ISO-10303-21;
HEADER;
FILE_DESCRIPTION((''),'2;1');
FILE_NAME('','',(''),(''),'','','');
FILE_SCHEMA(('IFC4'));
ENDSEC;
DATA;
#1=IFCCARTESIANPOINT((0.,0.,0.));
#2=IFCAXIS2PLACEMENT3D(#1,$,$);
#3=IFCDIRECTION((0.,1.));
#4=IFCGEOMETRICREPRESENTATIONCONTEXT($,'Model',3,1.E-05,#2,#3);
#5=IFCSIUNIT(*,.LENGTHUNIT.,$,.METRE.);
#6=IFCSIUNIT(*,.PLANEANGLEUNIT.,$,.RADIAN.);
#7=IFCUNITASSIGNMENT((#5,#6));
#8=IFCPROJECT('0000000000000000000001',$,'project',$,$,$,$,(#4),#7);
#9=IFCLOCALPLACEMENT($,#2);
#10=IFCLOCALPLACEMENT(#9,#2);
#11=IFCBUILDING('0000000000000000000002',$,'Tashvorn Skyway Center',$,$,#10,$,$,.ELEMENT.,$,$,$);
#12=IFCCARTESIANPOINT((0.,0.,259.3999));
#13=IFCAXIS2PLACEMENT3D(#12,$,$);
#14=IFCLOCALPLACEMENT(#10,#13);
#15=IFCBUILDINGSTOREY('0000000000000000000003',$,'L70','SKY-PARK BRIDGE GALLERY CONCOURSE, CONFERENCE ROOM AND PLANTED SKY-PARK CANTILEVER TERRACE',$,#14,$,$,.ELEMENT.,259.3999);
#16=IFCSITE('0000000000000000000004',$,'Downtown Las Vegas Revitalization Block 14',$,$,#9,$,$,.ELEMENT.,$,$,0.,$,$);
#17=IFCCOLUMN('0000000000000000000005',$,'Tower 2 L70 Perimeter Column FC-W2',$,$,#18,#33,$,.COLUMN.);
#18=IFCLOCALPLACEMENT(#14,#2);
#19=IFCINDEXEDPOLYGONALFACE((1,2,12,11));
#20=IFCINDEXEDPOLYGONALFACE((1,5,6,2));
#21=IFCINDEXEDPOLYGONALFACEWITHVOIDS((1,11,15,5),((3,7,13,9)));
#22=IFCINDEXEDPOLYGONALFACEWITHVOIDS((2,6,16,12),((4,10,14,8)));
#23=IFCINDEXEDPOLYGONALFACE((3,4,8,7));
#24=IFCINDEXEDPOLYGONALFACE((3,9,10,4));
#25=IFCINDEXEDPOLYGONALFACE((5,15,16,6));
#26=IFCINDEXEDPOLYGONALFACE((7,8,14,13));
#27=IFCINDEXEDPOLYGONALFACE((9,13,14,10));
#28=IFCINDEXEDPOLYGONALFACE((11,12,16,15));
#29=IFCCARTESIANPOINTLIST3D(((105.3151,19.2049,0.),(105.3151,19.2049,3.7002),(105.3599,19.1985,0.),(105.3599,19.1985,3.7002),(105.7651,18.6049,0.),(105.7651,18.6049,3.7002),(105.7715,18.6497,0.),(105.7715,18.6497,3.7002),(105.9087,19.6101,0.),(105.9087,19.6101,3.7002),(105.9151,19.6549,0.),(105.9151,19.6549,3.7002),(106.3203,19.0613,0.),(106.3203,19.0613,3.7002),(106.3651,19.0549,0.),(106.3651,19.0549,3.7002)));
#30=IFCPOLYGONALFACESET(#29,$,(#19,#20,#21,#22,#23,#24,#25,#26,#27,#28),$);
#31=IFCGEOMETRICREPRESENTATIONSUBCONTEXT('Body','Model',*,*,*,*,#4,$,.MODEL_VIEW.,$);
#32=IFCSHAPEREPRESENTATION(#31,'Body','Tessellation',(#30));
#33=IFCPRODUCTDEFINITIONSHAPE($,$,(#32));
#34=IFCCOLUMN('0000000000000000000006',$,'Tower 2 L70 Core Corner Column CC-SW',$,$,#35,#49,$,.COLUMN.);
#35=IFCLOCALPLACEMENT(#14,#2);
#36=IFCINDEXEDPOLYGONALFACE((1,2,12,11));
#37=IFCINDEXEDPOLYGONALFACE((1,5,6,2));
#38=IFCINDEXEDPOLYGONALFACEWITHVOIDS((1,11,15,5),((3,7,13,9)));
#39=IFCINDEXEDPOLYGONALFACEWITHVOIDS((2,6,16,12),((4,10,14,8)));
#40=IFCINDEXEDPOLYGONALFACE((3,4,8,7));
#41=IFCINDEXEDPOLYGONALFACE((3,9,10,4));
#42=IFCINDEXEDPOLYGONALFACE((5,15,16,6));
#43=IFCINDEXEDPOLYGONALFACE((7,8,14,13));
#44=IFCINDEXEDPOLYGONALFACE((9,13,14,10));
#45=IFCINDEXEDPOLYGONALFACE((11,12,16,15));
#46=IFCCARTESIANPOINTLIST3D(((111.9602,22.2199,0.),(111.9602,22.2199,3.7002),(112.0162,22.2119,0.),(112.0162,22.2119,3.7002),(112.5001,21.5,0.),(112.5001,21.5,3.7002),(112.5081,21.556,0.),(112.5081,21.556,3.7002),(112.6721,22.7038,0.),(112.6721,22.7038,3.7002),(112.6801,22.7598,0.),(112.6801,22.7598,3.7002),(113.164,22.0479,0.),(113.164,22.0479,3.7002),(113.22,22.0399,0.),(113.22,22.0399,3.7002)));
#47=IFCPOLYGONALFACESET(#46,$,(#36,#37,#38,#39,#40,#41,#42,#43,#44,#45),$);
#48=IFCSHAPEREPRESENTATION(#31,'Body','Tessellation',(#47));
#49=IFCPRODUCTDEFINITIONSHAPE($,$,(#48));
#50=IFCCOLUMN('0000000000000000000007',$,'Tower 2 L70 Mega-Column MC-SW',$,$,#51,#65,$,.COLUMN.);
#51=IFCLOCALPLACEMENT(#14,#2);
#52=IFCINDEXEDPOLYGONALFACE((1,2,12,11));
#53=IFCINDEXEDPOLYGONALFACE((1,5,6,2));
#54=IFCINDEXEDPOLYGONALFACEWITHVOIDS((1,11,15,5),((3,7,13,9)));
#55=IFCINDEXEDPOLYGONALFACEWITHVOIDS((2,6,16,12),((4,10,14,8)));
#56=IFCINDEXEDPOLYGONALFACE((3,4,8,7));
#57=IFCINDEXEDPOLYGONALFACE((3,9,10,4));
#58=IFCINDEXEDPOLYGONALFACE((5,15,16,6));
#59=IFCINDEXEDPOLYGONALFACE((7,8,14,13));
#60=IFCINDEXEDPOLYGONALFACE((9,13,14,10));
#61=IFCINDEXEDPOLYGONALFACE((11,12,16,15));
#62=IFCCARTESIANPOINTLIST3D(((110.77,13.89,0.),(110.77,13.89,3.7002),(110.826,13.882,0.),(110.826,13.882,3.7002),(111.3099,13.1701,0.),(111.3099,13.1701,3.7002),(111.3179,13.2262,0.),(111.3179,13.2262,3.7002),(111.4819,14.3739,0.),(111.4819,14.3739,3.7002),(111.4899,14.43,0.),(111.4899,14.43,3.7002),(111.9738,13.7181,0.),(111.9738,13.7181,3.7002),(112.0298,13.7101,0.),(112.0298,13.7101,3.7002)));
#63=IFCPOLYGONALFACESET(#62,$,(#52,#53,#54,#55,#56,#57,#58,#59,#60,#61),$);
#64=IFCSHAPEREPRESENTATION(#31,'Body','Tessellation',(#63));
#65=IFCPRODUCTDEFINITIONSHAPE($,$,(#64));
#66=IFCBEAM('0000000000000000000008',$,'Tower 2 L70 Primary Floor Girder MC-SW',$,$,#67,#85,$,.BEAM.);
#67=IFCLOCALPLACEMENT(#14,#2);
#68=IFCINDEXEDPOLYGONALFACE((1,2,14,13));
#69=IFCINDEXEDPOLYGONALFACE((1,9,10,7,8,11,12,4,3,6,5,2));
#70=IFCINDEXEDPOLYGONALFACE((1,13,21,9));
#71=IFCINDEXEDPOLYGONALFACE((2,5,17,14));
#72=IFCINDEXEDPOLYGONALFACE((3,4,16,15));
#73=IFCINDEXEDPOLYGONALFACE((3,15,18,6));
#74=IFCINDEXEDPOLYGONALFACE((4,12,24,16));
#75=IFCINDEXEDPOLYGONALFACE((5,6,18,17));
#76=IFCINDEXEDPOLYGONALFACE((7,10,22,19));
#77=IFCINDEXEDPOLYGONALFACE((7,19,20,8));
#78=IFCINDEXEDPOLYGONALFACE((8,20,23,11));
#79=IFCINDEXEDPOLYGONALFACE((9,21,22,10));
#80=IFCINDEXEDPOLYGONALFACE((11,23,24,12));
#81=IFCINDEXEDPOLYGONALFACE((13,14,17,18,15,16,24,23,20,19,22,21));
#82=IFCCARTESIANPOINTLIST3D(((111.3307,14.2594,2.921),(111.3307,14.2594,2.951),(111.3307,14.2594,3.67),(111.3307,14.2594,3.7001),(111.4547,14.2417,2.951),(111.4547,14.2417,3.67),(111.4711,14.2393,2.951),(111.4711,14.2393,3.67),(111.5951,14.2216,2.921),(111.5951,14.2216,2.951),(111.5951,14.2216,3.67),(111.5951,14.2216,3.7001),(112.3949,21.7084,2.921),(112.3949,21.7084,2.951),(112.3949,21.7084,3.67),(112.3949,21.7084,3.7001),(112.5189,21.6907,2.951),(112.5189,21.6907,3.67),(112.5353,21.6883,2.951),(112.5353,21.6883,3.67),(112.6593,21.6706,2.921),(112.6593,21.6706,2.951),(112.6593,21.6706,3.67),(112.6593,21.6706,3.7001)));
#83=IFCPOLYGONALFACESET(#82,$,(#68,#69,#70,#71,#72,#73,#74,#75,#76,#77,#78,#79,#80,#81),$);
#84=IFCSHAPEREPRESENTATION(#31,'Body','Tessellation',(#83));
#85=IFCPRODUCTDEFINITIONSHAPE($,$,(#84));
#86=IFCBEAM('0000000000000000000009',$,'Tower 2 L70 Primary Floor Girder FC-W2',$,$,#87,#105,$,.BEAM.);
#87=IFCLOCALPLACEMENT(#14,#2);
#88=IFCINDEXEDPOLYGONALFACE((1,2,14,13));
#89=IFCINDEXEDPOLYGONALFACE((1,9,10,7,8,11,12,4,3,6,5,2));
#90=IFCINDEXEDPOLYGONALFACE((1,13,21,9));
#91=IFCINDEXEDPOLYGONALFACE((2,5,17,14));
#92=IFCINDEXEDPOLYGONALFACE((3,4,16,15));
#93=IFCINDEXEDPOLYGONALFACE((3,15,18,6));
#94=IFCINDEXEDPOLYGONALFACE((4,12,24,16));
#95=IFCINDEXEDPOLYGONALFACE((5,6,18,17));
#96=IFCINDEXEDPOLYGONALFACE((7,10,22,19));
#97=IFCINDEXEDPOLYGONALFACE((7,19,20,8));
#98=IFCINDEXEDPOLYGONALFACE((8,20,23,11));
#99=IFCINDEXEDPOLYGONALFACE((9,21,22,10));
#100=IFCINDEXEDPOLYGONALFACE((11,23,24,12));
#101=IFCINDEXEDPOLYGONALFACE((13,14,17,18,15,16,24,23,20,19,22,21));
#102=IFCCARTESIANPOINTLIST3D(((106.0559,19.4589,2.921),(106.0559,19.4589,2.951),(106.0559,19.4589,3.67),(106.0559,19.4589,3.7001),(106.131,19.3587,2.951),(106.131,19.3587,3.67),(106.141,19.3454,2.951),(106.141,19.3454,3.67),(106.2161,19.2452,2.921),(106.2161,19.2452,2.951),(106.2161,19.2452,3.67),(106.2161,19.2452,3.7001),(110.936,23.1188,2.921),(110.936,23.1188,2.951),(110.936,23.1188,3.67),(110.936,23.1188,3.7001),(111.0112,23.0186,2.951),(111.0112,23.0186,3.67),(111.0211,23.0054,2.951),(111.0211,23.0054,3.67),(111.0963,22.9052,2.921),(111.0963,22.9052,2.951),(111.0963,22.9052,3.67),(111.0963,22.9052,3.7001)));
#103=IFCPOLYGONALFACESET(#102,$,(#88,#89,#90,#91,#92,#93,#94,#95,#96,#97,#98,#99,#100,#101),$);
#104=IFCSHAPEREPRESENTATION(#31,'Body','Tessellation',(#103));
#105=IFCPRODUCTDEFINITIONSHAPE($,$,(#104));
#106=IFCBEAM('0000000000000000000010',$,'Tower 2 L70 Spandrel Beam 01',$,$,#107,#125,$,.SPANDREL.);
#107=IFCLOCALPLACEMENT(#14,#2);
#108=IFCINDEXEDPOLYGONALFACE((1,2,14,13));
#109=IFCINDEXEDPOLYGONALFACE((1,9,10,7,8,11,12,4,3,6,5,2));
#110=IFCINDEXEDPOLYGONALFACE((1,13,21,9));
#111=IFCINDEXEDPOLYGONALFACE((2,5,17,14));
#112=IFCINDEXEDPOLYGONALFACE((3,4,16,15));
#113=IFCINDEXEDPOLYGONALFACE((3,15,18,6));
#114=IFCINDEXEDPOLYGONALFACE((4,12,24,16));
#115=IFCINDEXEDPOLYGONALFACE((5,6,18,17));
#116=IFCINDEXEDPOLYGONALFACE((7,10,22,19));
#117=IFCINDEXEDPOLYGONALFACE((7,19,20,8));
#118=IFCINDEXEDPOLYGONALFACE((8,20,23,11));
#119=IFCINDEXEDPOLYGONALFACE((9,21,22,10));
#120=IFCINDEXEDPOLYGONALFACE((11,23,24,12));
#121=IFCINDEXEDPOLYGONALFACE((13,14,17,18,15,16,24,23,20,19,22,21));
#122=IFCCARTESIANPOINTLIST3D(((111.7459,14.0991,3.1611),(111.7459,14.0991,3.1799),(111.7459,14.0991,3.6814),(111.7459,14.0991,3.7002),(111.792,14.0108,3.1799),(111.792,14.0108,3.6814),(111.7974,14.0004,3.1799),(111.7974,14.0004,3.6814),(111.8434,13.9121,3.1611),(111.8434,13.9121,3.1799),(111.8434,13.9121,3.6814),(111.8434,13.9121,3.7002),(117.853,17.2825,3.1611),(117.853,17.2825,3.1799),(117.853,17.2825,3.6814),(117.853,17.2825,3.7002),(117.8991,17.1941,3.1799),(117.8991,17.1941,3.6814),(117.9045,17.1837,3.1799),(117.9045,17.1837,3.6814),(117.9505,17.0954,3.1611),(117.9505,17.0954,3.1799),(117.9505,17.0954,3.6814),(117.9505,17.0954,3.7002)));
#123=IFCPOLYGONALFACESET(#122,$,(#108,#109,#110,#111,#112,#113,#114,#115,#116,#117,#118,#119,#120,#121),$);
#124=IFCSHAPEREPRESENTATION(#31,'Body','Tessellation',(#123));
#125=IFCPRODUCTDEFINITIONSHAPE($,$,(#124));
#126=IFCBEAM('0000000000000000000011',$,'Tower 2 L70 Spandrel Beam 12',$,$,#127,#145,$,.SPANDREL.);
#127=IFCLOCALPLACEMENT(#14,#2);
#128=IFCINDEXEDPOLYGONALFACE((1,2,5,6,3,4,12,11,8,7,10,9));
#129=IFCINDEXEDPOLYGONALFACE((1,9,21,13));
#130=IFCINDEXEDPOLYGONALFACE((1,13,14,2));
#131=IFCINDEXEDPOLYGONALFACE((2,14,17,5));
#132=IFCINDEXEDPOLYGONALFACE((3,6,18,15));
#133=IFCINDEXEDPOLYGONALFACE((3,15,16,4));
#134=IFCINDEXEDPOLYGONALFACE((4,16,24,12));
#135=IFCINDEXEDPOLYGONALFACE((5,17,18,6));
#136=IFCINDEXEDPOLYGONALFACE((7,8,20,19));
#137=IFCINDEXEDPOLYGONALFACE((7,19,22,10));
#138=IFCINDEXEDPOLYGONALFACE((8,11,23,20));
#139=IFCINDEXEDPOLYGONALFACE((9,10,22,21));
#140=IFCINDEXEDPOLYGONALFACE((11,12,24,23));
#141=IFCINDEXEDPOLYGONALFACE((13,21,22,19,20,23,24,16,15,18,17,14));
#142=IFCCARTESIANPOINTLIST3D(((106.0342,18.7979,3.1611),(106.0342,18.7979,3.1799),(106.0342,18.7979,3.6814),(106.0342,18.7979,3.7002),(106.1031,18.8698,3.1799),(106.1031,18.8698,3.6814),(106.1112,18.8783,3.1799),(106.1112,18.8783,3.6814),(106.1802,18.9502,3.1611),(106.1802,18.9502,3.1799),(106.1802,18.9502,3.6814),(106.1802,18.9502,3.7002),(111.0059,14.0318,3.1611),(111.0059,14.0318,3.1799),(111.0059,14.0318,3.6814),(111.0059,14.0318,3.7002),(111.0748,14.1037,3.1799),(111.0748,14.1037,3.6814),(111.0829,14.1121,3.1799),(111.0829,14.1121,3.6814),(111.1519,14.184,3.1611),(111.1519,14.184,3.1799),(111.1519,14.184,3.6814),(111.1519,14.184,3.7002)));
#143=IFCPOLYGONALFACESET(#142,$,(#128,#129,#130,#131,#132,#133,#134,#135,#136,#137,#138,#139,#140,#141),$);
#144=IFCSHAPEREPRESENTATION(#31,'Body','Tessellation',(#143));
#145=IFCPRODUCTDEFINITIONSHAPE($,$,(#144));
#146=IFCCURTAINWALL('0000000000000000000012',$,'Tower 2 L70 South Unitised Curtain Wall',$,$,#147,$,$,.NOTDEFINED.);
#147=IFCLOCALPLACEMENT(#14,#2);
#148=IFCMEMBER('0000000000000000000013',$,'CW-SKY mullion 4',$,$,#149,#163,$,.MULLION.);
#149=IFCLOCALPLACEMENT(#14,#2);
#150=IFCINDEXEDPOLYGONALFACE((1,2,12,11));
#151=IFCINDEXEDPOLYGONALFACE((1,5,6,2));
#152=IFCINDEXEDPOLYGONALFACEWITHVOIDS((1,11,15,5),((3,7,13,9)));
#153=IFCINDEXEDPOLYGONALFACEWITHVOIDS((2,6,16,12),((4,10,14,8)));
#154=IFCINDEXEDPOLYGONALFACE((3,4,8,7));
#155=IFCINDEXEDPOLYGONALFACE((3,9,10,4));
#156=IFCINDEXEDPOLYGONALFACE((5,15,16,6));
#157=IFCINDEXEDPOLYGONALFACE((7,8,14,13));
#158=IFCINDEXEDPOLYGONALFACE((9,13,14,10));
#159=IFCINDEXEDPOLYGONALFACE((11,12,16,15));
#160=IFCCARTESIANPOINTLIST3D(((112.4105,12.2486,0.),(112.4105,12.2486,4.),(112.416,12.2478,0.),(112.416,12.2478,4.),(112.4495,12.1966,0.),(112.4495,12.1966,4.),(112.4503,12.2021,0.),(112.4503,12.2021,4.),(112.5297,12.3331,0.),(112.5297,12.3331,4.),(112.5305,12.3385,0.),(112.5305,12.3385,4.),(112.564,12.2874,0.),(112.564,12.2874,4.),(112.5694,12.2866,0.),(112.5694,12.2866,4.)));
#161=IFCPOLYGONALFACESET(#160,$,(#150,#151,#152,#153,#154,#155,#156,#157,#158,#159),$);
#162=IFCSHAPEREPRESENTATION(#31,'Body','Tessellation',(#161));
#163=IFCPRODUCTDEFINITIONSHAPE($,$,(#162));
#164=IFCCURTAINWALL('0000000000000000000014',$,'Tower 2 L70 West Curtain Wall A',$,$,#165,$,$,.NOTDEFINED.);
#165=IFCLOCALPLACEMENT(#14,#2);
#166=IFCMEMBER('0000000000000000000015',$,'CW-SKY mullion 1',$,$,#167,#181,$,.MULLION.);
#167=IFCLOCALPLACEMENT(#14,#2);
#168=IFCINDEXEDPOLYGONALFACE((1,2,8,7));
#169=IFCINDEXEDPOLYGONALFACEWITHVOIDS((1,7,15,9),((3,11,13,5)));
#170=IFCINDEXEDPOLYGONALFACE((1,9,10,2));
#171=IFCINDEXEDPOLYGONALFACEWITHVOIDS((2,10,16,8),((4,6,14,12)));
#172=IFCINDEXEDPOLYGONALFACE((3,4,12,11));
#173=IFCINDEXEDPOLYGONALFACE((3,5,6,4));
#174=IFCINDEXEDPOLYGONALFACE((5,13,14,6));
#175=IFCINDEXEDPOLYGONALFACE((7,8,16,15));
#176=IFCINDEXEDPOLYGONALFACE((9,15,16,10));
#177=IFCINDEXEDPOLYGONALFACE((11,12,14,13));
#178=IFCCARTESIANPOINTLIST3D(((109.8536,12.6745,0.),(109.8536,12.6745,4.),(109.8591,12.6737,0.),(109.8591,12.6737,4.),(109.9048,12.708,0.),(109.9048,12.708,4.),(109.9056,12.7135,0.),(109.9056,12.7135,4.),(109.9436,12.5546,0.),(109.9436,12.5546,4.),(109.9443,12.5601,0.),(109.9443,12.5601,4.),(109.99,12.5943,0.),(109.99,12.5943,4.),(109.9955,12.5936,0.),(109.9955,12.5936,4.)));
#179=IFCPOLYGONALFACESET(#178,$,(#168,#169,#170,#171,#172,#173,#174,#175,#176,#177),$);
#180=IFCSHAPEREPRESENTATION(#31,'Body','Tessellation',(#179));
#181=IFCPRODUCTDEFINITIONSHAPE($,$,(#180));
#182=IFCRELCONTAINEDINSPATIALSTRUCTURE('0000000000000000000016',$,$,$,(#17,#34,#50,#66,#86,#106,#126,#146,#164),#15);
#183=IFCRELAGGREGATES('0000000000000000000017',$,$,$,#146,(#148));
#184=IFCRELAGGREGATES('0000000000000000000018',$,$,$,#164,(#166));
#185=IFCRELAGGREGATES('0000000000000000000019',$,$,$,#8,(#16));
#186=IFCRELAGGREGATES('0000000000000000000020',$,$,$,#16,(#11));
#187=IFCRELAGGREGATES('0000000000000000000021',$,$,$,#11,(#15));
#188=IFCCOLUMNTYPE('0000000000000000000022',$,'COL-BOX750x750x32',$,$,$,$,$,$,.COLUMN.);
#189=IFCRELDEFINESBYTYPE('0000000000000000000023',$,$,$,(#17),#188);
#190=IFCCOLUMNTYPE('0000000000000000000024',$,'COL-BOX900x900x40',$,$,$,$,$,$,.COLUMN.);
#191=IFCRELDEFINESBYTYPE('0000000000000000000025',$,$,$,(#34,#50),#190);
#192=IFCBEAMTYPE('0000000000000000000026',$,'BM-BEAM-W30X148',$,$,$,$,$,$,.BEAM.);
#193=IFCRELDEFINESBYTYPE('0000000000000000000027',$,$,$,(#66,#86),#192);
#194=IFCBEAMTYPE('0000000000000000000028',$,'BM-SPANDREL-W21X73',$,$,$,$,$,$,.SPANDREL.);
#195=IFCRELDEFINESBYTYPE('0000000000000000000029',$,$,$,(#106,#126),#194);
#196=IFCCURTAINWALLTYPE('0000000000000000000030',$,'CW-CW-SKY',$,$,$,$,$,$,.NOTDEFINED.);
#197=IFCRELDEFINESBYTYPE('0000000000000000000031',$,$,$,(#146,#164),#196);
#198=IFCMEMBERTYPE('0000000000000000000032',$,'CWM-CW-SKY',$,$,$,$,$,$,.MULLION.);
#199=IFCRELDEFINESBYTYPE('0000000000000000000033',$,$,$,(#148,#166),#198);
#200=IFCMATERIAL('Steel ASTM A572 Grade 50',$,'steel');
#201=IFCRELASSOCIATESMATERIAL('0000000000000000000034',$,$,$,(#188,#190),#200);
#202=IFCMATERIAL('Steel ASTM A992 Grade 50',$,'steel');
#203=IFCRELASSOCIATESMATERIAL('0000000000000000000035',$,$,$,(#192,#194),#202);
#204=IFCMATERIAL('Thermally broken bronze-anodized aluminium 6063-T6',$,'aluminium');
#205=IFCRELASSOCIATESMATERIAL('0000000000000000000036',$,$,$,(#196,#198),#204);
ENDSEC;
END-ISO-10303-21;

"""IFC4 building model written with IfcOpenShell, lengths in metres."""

from ifc_helpers import new_model, si_unit, direction, frame, origin, origin_2d, place, context, subcontext, project, spatial, hollow_rectangle, i_section, extrude, material, material_profile, profile_set, type_object, element, aggregate, save


model = new_model("IFC4")

# Units and contexts
model_context = context("Model", 3, precision=1e-05, world=origin(), true_north=direction((0.0, 1.0)))
body_context = subcontext(model_context, "Body", "Model", "MODEL_VIEW")
ifc_project = project(units=[si_unit("LENGTHUNIT", "METRE"), si_unit("PLANEANGLEUNIT", "RADIAN")], contexts=[model_context])

# Site, building, storey
site_placement = place(None, origin())
site = spatial("IfcSite", under=ifc_project, at=site_placement, Name="Downtown Las Vegas Revitalization Block 14", CompositionType="ELEMENT", RefElevation=0.0)
building_placement = place(site_placement, origin())
building = spatial("IfcBuilding", under=site, at=building_placement, Name="Tashvorn Skyway Center", CompositionType="ELEMENT")
storey_placement = place(building_placement, frame((0.0, 0.0, 259.3999)))
storey = spatial("IfcBuildingStorey", under=building, at=storey_placement, Name="L70", Description="SKY-PARK BRIDGE GALLERY CONCOURSE, CONFERENCE ROOM AND PLANTED SKY-PARK CANTILEVER TERRACE", CompositionType="ELEMENT", Elevation=259.3999)

# Columns
ifc_material_1 = material(Name="Steel ASTM A572 Grade 50", Category="steel")
ifc_material_profile_1 = material_profile(ifc_material_1, hollow_rectangle(XDim=0.75, YDim=0.75, WallThickness=0.032, at=origin_2d()), Name="BOX750x750x32")
ifc_profile_set_1 = profile_set([ifc_material_profile_1], Name="Steel ASTM A572 Grade 50")
column_type_1 = type_object("IfcColumnType", Name="COL-BOX750x750x32", PredefinedType="COLUMN", material=ifc_profile_set_1)
column_placement = place(storey_placement, frame((105.8401, 19.1299, 0.0), z_axis=(0.0, 0.0, 1.0), x_axis=(0.8, 0.6, 0.0)))
element("IfcColumn", 1, at=column_placement, inside=storey, type_object=column_type_1, Name="Tower 2 L70 Perimeter Column FC-W2", PredefinedType="COLUMN", context=body_context, shape_type="SweptSolid", body=[
    extrude(hollow_rectangle(XDim=0.75, YDim=0.75, WallThickness=0.032, at=origin_2d()), origin(), (0.0, 0.0, 1.0), 3.7002),
])
ifc_material_profile_2 = material_profile(ifc_material_1, hollow_rectangle(XDim=0.8999, YDim=0.8999, WallThickness=0.04, at=origin_2d()), Name="BOX900x900x40")
ifc_profile_set_2 = profile_set([ifc_material_profile_2], Name="Steel ASTM A572 Grade 50")
column_type_2 = type_object("IfcColumnType", Name="COL-BOX900x900x40", PredefinedType="COLUMN", material=ifc_profile_set_2)
for number, where, z_axis, x_axis, name in (
    (2, (112.5901, 22.1299, 0.0), (0.0, 0.0, 1.0), (0.8, 0.6, 0.0), "Tower 2 L70 Core Corner Column CC-SW"),
    (3, (111.3999, 13.8, 0.0), (0.0, 0.0, 1.0), (0.8, 0.6, 0.0), "Tower 2 L70 Mega-Column MC-SW"),
):
    element("IfcColumn", number, at=place(storey_placement, frame(where, z_axis=z_axis, x_axis=x_axis)), inside=storey, type_object=column_type_2, Name=name, PredefinedType="COLUMN", context=body_context, shape_type="SweptSolid", body=[
        extrude(hollow_rectangle(XDim=0.8999, YDim=0.8999, WallThickness=0.04, at=origin_2d()), origin(), (0.0, 0.0, 1.0), 3.7002),
    ])

# Beams
ifc_material_2 = material(Name="Steel ASTM A992 Grade 50", Category="steel")
ifc_material_profile_3 = material_profile(ifc_material_2, i_section(OverallWidth=0.2671, OverallDepth=0.7791, WebThickness=0.0166, FlangeThickness=0.03, at=origin_2d()), Name="W30X148")
ifc_profile_set_3 = profile_set([ifc_material_profile_3], Name="Steel ASTM A992 Grade 50")
beam_type_1 = type_object("IfcBeamType", Name="BM-BEAM-W30X148", PredefinedType="BEAM", material=ifc_profile_set_3)
beam_1_placement = place(storey_placement, frame((111.4629, 14.2405, 3.3105), z_axis=(0.14143, 0.989948, 0.0), x_axis=(-0.989948, 0.14143, 0.0)))
element("IfcBeam", 4, at=beam_1_placement, inside=storey, type_object=beam_type_1, Name="Tower 2 L70 Primary Floor Girder MC-SW", PredefinedType="BEAM", context=body_context, shape_type="SweptSolid", body=[
    extrude(i_section(OverallWidth=0.2671, OverallDepth=0.7791, WebThickness=0.0166, FlangeThickness=0.03, at=origin_2d()), origin(), (0.0, 0.0, 1.0), 7.5247),
])
beam_2_placement = place(storey_placement, frame((106.136, 19.3521, 3.3105), z_axis=(0.800014, 0.599981, 0.0), x_axis=(-0.599981, 0.800014, 0.0)))
element("IfcBeam", 5, at=beam_2_placement, inside=storey, type_object=beam_type_1, Name="Tower 2 L70 Primary Floor Girder FC-W2", PredefinedType="BEAM", context=body_context, shape_type="SweptSolid", body=[
    extrude(i_section(OverallWidth=0.2671, OverallDepth=0.7791, WebThickness=0.0166, FlangeThickness=0.03, at=origin_2d()), origin(), (0.0, 0.0, 1.0), 6.1001),
])
ifc_material_profile_4 = material_profile(ifc_material_2, i_section(OverallWidth=0.2109, OverallDepth=0.5391, WebThickness=0.0117, FlangeThickness=0.0188, at=origin_2d()), Name="W21X73")
ifc_profile_set_4 = profile_set([ifc_material_profile_4], Name="Steel ASTM A992 Grade 50")
beam_type_2 = type_object("IfcBeamType", Name="BM-SPANDREL-W21X73", PredefinedType="SPANDREL", material=ifc_profile_set_4)
beam_3_placement = place(storey_placement, frame((111.7947, 14.0056, 3.4307), z_axis=(0.886764, 0.462223, 0.0), x_axis=(-0.462223, 0.886764, 0.0)))
element("IfcBeam", 6, at=beam_3_placement, inside=storey, type_object=beam_type_2, Name="Tower 2 L70 Spandrel Beam 01", PredefinedType="SPANDREL", context=body_context, shape_type="SweptSolid", body=[
    extrude(i_section(OverallWidth=0.2109, OverallDepth=0.5391, WebThickness=0.0117, FlangeThickness=0.0188, at=origin_2d()), origin(), (0.0, 0.0, 1.0), 6.887),
])
beam_4_placement = place(storey_placement, frame((106.1072, 18.874, 3.4307), z_axis=(0.721873, -0.692025, 0.0), x_axis=(0.692025, 0.721873, 0.0)))
element("IfcBeam", 7, at=beam_4_placement, inside=storey, type_object=beam_type_2, Name="Tower 2 L70 Spandrel Beam 12", PredefinedType="SPANDREL", context=body_context, shape_type="SweptSolid", body=[
    extrude(i_section(OverallWidth=0.2109, OverallDepth=0.5391, WebThickness=0.0117, FlangeThickness=0.0188, at=origin_2d()), origin(), (0.0, 0.0, 1.0), 6.8872),
])

# Curtain wall, member
ifc_material_3 = material(Name="Thermally broken bronze-anodized aluminium 6063-T6", Category="aluminium")
curtain_wall_type = type_object("IfcCurtainWallType", Name="CW-CW-SKY", PredefinedType="NOTDEFINED", material=ifc_material_3)
curtain_wall_1_placement = place(storey_placement, origin())
curtain_wall_1 = element("IfcCurtainWall", 8, at=curtain_wall_1_placement, inside=storey, type_object=curtain_wall_type, Name="Tower 2 L70 South Unitised Curtain Wall", PredefinedType="NOTDEFINED")
ifc_material_profile_5 = material_profile(ifc_material_3, hollow_rectangle(XDim=0.0649, YDim=0.1499, WallThickness=0.0039, at=origin_2d()), Name="ALU-MULL-65x150")
ifc_profile_set_5 = profile_set([ifc_material_profile_5], Name="Thermally broken bronze-anodized aluminium 6063-T6")
member_type_1 = type_object("IfcMemberType", Name="CWM-CW-SKY", PredefinedType="MULLION", material=ifc_profile_set_5)
member_1_placement = place(storey_placement, frame((112.49, 12.2676, 0.0), z_axis=(0.0, 0.0, 1.0), x_axis=(0.6, -0.8, 0.0)))
member_1 = element("IfcMember", 9, at=member_1_placement, type_object=member_type_1, Name="CW-SKY mullion 4", PredefinedType="MULLION", context=body_context, shape_type="SweptSolid", body=[
    extrude(hollow_rectangle(XDim=0.0649, YDim=0.1499, WallThickness=0.0039, at=origin_2d()), origin(), (0.0, 0.0, 1.0), 4.0),
])
aggregate(curtain_wall_1, [member_1])

# Curtain wall, member
curtain_wall_2_placement = place(storey_placement, origin())
curtain_wall_2 = element("IfcCurtainWall", 10, at=curtain_wall_2_placement, inside=storey, type_object=curtain_wall_type, Name="Tower 2 L70 West Curtain Wall A", PredefinedType="NOTDEFINED")
member_2_placement = place(storey_placement, frame((109.9246, 12.634, 0.0), z_axis=(0.0, 0.0, 1.0), x_axis=(-0.8, -0.6, 0.0)))
member_2 = element("IfcMember", 11, at=member_2_placement, type_object=member_type_1, Name="CW-SKY mullion 1", PredefinedType="MULLION", context=body_context, shape_type="SweptSolid", body=[
    extrude(hollow_rectangle(XDim=0.0649, YDim=0.1499, WallThickness=0.0039, at=origin_2d()), origin(), (0.0, 0.0, 1.0), 4.0),
])
aggregate(curtain_wall_2, [member_2])

save(model, "model.ifc")
